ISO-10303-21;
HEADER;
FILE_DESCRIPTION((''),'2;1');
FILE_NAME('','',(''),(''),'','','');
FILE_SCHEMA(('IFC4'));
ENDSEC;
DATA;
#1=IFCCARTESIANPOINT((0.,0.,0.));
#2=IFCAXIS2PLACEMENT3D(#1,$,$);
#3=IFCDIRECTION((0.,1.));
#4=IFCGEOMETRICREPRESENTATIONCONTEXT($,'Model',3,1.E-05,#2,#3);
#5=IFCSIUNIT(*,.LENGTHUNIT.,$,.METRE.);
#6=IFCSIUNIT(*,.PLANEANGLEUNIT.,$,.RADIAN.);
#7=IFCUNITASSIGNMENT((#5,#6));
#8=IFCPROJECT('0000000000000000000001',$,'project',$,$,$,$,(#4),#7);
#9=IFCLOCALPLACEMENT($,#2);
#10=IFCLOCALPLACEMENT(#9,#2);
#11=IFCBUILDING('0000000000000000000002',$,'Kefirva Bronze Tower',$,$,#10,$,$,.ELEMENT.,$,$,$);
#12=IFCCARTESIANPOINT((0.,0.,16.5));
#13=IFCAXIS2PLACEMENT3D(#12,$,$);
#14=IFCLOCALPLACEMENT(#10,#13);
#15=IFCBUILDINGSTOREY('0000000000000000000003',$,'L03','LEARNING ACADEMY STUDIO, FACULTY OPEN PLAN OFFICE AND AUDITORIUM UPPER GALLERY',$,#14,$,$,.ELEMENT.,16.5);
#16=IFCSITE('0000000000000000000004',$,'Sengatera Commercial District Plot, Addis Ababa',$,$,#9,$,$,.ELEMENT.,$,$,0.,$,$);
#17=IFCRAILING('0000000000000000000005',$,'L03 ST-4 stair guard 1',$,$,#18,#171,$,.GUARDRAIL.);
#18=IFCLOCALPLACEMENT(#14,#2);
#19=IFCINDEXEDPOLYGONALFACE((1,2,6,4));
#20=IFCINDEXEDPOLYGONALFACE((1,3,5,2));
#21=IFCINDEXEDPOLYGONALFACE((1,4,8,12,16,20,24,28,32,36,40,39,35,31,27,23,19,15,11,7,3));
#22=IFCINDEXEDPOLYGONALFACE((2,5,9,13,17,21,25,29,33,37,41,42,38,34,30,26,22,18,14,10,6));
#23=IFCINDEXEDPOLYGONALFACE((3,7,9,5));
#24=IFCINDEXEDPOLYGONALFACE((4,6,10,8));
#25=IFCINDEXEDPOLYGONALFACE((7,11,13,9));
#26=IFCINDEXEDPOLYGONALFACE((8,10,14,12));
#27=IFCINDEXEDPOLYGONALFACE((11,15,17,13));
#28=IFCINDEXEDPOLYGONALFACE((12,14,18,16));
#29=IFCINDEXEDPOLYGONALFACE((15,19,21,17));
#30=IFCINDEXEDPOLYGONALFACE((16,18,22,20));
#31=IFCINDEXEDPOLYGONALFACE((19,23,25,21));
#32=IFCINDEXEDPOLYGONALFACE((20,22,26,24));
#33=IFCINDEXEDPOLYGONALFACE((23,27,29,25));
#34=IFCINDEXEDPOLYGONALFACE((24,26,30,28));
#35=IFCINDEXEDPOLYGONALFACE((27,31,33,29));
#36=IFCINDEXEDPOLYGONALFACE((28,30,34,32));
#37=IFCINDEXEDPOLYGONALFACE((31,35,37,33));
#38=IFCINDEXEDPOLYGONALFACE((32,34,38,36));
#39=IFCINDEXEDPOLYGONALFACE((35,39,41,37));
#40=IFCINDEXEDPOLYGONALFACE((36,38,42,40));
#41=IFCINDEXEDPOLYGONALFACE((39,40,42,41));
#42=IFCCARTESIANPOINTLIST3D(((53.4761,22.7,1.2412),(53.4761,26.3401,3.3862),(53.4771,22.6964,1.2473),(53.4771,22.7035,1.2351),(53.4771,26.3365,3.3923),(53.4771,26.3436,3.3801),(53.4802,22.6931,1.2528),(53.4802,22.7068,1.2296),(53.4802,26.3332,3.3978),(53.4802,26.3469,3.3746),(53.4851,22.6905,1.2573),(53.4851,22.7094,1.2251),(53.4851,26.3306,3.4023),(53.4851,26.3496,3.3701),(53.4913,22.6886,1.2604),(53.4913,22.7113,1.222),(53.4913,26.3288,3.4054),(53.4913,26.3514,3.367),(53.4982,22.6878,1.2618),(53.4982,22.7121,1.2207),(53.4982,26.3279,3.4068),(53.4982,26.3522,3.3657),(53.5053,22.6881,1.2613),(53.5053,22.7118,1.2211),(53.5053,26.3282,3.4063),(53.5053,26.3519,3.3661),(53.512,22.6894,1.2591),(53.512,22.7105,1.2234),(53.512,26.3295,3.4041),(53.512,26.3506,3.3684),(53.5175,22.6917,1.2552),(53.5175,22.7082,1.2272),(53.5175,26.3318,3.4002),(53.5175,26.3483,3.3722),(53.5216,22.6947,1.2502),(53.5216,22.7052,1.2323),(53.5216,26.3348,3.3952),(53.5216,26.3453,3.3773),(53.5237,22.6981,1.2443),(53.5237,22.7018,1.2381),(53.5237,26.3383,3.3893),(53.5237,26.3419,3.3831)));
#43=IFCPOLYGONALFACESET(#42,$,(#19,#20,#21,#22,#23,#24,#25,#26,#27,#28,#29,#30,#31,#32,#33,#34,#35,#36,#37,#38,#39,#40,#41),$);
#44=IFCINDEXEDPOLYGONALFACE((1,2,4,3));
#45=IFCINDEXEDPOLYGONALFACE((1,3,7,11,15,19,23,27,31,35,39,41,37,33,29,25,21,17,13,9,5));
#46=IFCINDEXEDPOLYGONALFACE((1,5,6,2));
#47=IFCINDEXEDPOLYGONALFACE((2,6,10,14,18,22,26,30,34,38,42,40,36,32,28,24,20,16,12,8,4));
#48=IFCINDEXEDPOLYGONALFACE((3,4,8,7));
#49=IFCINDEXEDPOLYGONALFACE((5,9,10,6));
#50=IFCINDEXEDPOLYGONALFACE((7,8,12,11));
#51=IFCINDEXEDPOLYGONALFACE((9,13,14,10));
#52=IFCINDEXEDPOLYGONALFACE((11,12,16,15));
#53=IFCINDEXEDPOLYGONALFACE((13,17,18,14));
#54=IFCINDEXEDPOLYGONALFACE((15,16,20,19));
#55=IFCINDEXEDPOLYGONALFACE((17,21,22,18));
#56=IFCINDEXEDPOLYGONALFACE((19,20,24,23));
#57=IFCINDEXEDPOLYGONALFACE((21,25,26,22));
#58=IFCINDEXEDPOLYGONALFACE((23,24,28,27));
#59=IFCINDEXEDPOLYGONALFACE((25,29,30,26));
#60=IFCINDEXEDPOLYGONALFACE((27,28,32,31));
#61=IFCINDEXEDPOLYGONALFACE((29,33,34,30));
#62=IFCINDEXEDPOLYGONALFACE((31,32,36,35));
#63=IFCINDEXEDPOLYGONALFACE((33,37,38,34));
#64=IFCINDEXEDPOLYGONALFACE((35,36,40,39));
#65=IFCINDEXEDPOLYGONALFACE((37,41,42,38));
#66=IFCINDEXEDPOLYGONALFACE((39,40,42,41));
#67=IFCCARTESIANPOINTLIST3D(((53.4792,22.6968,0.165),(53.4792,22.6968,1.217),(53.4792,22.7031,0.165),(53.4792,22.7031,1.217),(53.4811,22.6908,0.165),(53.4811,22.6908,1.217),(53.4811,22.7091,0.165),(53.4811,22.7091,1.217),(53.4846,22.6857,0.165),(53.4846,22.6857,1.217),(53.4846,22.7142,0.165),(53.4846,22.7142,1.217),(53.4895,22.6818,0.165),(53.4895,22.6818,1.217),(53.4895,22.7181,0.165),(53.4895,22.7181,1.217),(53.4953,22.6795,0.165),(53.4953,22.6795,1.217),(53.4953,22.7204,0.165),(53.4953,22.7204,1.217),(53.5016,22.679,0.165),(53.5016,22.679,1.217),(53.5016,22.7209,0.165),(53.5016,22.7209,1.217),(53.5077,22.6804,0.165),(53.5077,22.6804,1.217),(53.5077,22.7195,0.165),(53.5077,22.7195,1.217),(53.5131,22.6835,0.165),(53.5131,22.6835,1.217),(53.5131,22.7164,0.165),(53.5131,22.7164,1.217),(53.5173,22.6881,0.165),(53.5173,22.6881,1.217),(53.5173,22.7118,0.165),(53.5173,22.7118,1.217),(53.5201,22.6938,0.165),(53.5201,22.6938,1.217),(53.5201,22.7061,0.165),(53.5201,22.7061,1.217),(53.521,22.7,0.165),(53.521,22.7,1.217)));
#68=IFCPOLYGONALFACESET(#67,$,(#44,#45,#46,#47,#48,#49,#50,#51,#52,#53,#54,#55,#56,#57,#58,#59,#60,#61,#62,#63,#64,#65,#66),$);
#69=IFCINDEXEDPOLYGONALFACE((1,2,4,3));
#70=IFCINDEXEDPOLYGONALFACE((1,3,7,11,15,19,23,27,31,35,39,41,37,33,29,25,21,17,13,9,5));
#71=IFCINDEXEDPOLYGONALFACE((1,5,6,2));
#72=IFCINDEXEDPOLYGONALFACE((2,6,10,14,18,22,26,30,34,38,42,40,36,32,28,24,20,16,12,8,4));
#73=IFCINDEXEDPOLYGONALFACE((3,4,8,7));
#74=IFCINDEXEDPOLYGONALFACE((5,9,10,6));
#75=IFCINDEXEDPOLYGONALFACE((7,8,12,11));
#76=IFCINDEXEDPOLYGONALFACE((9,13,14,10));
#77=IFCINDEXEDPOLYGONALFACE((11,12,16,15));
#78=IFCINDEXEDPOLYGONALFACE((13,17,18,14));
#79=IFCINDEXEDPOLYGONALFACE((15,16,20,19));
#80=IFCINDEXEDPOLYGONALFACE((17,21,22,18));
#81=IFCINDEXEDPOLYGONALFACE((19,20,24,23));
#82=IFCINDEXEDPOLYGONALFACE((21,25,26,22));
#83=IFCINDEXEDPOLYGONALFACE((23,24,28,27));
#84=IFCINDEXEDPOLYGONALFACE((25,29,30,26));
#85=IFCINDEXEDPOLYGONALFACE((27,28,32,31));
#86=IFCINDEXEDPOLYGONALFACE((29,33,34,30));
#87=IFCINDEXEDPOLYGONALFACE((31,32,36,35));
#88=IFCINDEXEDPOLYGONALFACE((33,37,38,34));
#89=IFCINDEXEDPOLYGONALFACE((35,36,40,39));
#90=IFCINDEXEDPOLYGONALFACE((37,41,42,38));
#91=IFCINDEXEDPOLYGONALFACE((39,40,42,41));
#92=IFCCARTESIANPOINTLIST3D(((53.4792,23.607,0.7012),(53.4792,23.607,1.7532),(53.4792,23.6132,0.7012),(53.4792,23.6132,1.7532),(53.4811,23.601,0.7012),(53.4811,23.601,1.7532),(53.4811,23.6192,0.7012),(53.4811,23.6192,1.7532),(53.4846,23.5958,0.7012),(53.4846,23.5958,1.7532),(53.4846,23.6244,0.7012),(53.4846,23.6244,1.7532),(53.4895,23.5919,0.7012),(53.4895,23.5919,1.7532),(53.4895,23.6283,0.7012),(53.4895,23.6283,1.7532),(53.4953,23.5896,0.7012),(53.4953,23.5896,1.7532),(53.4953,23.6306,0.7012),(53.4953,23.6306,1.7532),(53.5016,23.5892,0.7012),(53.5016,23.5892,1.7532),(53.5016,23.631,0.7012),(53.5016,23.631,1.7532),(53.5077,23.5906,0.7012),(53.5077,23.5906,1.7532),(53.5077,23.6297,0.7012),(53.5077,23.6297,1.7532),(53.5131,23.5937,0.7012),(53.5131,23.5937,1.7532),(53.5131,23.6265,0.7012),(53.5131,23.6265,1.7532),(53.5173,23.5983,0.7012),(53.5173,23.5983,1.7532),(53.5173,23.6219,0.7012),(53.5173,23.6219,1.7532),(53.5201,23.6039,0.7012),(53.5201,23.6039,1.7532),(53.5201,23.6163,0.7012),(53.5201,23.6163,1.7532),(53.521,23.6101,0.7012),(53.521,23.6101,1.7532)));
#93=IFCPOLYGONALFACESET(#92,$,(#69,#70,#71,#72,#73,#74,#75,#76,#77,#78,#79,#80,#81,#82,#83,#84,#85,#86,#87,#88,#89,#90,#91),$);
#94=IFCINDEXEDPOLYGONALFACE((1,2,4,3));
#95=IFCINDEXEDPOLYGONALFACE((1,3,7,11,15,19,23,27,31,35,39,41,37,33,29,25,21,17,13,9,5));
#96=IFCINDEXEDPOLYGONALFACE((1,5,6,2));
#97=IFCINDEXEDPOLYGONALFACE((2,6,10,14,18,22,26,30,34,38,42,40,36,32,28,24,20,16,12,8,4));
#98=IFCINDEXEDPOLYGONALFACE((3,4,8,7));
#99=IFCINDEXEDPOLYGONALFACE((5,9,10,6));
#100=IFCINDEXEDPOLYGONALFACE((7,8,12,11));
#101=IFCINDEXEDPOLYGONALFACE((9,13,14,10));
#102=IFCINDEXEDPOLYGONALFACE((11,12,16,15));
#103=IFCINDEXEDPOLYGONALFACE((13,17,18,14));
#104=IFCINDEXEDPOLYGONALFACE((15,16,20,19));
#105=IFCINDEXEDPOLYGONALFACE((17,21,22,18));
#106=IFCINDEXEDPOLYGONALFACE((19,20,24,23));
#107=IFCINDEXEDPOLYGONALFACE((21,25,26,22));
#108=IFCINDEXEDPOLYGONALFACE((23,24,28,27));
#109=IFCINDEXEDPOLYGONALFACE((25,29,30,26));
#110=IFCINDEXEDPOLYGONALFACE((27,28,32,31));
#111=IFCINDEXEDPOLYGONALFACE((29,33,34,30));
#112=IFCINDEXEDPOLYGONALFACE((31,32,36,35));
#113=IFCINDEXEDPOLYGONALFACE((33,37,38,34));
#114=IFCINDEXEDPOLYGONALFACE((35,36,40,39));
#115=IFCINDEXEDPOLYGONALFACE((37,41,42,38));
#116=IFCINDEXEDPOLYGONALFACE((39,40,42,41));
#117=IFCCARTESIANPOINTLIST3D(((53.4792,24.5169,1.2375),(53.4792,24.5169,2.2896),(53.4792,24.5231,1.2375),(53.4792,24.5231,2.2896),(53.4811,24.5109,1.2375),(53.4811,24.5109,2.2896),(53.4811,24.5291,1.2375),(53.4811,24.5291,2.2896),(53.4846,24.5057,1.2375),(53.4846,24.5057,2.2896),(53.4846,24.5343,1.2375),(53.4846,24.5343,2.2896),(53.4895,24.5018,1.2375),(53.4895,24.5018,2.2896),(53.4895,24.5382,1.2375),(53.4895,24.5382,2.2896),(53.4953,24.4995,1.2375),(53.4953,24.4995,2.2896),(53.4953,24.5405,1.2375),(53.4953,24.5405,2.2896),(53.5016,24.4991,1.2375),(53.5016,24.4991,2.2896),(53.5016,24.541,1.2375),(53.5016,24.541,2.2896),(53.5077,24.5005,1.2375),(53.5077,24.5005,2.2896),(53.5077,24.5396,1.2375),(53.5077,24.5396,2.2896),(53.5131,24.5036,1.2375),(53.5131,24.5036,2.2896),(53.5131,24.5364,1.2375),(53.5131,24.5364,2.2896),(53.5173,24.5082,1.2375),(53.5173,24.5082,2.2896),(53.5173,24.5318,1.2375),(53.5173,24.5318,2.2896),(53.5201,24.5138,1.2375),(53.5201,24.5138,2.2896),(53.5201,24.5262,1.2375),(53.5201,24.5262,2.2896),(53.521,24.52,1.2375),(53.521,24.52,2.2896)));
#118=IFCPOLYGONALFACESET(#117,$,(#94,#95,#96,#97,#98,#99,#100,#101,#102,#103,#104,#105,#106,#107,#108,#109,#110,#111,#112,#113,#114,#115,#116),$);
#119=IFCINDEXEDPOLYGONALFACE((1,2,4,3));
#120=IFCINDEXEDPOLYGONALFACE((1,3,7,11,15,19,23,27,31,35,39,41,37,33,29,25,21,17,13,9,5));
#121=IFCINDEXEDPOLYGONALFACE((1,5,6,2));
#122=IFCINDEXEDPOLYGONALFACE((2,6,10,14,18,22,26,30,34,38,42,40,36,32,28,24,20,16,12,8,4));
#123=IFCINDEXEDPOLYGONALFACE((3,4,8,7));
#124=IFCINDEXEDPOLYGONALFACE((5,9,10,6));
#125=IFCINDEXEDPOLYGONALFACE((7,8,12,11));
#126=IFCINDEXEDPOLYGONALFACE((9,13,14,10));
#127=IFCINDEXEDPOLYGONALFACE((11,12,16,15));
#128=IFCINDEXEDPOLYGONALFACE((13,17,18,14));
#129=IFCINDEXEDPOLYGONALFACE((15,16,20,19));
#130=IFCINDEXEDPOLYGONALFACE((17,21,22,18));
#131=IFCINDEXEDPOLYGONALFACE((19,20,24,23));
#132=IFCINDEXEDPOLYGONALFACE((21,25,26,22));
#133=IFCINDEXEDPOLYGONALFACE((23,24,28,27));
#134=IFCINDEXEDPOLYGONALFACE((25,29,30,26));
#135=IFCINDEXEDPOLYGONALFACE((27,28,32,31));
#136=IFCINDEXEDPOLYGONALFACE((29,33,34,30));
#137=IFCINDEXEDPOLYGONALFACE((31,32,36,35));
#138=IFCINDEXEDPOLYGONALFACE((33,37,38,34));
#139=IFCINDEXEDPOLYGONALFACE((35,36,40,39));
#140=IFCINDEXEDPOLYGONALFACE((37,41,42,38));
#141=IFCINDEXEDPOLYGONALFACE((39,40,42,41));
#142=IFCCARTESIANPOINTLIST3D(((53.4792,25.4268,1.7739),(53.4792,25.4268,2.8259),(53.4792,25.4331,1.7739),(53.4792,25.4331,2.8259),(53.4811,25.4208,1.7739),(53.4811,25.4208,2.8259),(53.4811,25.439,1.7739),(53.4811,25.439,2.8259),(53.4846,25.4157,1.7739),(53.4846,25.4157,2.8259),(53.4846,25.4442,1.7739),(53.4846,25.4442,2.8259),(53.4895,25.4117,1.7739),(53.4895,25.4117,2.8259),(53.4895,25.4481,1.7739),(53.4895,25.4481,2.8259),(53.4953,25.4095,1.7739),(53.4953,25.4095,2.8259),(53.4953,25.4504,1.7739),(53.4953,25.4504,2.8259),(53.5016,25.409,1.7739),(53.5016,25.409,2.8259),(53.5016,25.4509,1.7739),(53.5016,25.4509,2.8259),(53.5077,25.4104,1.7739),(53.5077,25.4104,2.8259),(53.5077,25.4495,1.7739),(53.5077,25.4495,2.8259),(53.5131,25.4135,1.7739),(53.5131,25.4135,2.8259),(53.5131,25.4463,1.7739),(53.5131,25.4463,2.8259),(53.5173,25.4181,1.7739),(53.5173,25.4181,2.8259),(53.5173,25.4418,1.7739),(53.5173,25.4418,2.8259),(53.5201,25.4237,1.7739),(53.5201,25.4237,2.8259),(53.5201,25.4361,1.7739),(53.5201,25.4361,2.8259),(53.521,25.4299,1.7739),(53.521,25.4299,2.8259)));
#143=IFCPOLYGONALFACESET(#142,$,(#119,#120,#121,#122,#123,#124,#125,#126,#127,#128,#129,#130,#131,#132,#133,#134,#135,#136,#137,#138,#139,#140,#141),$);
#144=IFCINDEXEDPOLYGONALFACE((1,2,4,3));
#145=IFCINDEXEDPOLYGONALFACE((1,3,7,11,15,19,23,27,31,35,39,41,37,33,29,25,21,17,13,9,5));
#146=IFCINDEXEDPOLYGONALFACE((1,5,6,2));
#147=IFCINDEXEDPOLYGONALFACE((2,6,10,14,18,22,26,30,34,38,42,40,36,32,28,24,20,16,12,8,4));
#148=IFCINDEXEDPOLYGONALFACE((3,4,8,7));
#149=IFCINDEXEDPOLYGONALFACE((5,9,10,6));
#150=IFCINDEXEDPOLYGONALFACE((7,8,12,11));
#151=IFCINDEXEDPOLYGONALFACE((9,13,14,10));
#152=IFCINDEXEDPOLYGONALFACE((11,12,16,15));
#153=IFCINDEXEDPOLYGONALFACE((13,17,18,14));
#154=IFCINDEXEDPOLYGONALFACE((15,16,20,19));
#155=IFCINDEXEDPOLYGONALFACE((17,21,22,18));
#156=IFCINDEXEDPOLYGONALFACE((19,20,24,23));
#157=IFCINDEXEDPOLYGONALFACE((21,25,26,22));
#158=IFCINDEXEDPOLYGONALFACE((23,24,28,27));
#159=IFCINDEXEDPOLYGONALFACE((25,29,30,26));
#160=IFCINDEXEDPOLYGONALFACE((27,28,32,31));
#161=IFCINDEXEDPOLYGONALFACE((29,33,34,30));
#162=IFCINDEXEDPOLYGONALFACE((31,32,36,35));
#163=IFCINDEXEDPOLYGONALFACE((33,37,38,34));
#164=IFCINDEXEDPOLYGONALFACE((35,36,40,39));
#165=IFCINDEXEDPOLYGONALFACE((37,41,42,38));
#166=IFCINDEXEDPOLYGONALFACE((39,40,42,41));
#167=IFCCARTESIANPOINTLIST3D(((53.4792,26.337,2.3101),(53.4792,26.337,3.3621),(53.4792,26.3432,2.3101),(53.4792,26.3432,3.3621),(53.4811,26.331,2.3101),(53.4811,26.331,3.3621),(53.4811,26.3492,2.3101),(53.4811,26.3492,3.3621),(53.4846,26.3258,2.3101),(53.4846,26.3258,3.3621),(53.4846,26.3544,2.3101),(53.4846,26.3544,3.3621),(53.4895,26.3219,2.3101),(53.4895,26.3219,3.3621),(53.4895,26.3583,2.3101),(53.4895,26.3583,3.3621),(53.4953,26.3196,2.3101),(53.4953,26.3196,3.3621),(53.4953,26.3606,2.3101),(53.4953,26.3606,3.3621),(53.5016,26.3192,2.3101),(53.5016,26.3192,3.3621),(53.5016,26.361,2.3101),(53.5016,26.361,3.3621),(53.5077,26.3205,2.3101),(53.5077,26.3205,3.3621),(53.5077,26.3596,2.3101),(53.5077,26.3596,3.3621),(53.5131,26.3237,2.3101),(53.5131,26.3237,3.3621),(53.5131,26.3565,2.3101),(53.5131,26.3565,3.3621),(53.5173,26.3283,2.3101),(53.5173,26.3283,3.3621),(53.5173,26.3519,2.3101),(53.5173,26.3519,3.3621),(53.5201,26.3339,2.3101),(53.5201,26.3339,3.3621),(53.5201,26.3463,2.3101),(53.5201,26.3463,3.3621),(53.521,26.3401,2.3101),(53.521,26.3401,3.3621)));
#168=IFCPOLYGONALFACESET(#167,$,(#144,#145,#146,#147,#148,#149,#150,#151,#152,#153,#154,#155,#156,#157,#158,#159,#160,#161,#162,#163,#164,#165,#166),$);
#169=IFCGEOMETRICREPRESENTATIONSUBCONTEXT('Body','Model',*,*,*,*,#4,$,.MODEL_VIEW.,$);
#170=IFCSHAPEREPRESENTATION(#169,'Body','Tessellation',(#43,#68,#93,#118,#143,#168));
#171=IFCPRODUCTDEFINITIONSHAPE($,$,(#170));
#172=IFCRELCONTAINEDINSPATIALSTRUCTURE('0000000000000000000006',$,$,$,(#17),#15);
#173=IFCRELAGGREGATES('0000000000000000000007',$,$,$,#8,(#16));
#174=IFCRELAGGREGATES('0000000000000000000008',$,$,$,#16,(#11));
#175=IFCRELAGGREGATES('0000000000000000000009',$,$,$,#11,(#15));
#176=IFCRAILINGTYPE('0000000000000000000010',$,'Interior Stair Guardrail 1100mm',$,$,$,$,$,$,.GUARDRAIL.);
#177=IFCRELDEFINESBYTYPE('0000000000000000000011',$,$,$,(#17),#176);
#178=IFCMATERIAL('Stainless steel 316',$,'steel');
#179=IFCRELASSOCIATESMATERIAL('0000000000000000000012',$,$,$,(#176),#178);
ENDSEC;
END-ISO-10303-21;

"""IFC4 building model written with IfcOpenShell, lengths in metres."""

from ifc_helpers import new_model, si_unit, direction, frame, origin, origin_2d, place, context, subcontext, project, spatial, circle, extrude, material, type_object, element, save


model = new_model("IFC4")

# Units and contexts
model_context = context("Model", 3, precision=1e-05, world=origin(), true_north=direction((0.0, 1.0)))
body_context = subcontext(model_context, "Body", "Model", "MODEL_VIEW")
ifc_project = project(units=[si_unit("LENGTHUNIT", "METRE"), si_unit("PLANEANGLEUNIT", "RADIAN")], contexts=[model_context])

# Site, building, storey
site_placement = place(None, origin())
site = spatial("IfcSite", under=ifc_project, at=site_placement, Name="Sengatera Commercial District Plot, Addis Ababa", CompositionType="ELEMENT", RefElevation=0.0)
building_placement = place(site_placement, origin())
building = spatial("IfcBuilding", under=site, at=building_placement, Name="Kefirva Bronze Tower", CompositionType="ELEMENT")
storey_placement = place(building_placement, frame((0.0, 0.0, 16.5)))
storey = spatial("IfcBuildingStorey", under=building, at=storey_placement, Name="L03", Description="LEARNING ACADEMY STUDIO, FACULTY OPEN PLAN OFFICE AND AUDITORIUM UPPER GALLERY", CompositionType="ELEMENT", Elevation=16.5)

# Railing
ifc_material_1 = material(Name="Stainless steel 316", Category="steel")
railing_type_1 = type_object("IfcRailingType", Name="Interior Stair Guardrail 1100mm", PredefinedType="GUARDRAIL", material=ifc_material_1)
railing_1_placement = place(storey_placement, frame((53.5, 22.7, 0.165)))
element("IfcRailing", 1, at=railing_1_placement, inside=storey, type_object=railing_type_1, Name="L03 ST-4 stair guard 1", PredefinedType="GUARDRAIL", context=body_context, shape_type="SweptSolid", body=[
    extrude(circle(Radius=0.0239, at=origin_2d()), frame((0.0, 0.0, 1.0762), z_axis=(0.0, 0.861545, 0.507682), x_axis=(-1.0, 0.0, 0.0)), (0.0, 0.0, 1.0), 4.2251),
    extrude(circle(Radius=0.021, at=origin_2d()), origin(), (0.0, 0.0, 1.0), 1.052),
    extrude(circle(Radius=0.021, at=origin_2d()), frame((0.0, 0.9102, 0.5361)), (0.0, 0.0, 1.0), 1.052),
    extrude(circle(Radius=0.021, at=origin_2d()), frame((0.0, 1.8201, 1.0725)), (0.0, 0.0, 1.0), 1.052),
    extrude(circle(Radius=0.021, at=origin_2d()), frame((0.0, 2.73, 1.6089)), (0.0, 0.0, 1.0), 1.052),
    extrude(circle(Radius=0.021, at=origin_2d()), frame((0.0, 3.6401, 2.145)), (0.0, 0.0, 1.0), 1.052),
])

save(model, "model.ifc")
